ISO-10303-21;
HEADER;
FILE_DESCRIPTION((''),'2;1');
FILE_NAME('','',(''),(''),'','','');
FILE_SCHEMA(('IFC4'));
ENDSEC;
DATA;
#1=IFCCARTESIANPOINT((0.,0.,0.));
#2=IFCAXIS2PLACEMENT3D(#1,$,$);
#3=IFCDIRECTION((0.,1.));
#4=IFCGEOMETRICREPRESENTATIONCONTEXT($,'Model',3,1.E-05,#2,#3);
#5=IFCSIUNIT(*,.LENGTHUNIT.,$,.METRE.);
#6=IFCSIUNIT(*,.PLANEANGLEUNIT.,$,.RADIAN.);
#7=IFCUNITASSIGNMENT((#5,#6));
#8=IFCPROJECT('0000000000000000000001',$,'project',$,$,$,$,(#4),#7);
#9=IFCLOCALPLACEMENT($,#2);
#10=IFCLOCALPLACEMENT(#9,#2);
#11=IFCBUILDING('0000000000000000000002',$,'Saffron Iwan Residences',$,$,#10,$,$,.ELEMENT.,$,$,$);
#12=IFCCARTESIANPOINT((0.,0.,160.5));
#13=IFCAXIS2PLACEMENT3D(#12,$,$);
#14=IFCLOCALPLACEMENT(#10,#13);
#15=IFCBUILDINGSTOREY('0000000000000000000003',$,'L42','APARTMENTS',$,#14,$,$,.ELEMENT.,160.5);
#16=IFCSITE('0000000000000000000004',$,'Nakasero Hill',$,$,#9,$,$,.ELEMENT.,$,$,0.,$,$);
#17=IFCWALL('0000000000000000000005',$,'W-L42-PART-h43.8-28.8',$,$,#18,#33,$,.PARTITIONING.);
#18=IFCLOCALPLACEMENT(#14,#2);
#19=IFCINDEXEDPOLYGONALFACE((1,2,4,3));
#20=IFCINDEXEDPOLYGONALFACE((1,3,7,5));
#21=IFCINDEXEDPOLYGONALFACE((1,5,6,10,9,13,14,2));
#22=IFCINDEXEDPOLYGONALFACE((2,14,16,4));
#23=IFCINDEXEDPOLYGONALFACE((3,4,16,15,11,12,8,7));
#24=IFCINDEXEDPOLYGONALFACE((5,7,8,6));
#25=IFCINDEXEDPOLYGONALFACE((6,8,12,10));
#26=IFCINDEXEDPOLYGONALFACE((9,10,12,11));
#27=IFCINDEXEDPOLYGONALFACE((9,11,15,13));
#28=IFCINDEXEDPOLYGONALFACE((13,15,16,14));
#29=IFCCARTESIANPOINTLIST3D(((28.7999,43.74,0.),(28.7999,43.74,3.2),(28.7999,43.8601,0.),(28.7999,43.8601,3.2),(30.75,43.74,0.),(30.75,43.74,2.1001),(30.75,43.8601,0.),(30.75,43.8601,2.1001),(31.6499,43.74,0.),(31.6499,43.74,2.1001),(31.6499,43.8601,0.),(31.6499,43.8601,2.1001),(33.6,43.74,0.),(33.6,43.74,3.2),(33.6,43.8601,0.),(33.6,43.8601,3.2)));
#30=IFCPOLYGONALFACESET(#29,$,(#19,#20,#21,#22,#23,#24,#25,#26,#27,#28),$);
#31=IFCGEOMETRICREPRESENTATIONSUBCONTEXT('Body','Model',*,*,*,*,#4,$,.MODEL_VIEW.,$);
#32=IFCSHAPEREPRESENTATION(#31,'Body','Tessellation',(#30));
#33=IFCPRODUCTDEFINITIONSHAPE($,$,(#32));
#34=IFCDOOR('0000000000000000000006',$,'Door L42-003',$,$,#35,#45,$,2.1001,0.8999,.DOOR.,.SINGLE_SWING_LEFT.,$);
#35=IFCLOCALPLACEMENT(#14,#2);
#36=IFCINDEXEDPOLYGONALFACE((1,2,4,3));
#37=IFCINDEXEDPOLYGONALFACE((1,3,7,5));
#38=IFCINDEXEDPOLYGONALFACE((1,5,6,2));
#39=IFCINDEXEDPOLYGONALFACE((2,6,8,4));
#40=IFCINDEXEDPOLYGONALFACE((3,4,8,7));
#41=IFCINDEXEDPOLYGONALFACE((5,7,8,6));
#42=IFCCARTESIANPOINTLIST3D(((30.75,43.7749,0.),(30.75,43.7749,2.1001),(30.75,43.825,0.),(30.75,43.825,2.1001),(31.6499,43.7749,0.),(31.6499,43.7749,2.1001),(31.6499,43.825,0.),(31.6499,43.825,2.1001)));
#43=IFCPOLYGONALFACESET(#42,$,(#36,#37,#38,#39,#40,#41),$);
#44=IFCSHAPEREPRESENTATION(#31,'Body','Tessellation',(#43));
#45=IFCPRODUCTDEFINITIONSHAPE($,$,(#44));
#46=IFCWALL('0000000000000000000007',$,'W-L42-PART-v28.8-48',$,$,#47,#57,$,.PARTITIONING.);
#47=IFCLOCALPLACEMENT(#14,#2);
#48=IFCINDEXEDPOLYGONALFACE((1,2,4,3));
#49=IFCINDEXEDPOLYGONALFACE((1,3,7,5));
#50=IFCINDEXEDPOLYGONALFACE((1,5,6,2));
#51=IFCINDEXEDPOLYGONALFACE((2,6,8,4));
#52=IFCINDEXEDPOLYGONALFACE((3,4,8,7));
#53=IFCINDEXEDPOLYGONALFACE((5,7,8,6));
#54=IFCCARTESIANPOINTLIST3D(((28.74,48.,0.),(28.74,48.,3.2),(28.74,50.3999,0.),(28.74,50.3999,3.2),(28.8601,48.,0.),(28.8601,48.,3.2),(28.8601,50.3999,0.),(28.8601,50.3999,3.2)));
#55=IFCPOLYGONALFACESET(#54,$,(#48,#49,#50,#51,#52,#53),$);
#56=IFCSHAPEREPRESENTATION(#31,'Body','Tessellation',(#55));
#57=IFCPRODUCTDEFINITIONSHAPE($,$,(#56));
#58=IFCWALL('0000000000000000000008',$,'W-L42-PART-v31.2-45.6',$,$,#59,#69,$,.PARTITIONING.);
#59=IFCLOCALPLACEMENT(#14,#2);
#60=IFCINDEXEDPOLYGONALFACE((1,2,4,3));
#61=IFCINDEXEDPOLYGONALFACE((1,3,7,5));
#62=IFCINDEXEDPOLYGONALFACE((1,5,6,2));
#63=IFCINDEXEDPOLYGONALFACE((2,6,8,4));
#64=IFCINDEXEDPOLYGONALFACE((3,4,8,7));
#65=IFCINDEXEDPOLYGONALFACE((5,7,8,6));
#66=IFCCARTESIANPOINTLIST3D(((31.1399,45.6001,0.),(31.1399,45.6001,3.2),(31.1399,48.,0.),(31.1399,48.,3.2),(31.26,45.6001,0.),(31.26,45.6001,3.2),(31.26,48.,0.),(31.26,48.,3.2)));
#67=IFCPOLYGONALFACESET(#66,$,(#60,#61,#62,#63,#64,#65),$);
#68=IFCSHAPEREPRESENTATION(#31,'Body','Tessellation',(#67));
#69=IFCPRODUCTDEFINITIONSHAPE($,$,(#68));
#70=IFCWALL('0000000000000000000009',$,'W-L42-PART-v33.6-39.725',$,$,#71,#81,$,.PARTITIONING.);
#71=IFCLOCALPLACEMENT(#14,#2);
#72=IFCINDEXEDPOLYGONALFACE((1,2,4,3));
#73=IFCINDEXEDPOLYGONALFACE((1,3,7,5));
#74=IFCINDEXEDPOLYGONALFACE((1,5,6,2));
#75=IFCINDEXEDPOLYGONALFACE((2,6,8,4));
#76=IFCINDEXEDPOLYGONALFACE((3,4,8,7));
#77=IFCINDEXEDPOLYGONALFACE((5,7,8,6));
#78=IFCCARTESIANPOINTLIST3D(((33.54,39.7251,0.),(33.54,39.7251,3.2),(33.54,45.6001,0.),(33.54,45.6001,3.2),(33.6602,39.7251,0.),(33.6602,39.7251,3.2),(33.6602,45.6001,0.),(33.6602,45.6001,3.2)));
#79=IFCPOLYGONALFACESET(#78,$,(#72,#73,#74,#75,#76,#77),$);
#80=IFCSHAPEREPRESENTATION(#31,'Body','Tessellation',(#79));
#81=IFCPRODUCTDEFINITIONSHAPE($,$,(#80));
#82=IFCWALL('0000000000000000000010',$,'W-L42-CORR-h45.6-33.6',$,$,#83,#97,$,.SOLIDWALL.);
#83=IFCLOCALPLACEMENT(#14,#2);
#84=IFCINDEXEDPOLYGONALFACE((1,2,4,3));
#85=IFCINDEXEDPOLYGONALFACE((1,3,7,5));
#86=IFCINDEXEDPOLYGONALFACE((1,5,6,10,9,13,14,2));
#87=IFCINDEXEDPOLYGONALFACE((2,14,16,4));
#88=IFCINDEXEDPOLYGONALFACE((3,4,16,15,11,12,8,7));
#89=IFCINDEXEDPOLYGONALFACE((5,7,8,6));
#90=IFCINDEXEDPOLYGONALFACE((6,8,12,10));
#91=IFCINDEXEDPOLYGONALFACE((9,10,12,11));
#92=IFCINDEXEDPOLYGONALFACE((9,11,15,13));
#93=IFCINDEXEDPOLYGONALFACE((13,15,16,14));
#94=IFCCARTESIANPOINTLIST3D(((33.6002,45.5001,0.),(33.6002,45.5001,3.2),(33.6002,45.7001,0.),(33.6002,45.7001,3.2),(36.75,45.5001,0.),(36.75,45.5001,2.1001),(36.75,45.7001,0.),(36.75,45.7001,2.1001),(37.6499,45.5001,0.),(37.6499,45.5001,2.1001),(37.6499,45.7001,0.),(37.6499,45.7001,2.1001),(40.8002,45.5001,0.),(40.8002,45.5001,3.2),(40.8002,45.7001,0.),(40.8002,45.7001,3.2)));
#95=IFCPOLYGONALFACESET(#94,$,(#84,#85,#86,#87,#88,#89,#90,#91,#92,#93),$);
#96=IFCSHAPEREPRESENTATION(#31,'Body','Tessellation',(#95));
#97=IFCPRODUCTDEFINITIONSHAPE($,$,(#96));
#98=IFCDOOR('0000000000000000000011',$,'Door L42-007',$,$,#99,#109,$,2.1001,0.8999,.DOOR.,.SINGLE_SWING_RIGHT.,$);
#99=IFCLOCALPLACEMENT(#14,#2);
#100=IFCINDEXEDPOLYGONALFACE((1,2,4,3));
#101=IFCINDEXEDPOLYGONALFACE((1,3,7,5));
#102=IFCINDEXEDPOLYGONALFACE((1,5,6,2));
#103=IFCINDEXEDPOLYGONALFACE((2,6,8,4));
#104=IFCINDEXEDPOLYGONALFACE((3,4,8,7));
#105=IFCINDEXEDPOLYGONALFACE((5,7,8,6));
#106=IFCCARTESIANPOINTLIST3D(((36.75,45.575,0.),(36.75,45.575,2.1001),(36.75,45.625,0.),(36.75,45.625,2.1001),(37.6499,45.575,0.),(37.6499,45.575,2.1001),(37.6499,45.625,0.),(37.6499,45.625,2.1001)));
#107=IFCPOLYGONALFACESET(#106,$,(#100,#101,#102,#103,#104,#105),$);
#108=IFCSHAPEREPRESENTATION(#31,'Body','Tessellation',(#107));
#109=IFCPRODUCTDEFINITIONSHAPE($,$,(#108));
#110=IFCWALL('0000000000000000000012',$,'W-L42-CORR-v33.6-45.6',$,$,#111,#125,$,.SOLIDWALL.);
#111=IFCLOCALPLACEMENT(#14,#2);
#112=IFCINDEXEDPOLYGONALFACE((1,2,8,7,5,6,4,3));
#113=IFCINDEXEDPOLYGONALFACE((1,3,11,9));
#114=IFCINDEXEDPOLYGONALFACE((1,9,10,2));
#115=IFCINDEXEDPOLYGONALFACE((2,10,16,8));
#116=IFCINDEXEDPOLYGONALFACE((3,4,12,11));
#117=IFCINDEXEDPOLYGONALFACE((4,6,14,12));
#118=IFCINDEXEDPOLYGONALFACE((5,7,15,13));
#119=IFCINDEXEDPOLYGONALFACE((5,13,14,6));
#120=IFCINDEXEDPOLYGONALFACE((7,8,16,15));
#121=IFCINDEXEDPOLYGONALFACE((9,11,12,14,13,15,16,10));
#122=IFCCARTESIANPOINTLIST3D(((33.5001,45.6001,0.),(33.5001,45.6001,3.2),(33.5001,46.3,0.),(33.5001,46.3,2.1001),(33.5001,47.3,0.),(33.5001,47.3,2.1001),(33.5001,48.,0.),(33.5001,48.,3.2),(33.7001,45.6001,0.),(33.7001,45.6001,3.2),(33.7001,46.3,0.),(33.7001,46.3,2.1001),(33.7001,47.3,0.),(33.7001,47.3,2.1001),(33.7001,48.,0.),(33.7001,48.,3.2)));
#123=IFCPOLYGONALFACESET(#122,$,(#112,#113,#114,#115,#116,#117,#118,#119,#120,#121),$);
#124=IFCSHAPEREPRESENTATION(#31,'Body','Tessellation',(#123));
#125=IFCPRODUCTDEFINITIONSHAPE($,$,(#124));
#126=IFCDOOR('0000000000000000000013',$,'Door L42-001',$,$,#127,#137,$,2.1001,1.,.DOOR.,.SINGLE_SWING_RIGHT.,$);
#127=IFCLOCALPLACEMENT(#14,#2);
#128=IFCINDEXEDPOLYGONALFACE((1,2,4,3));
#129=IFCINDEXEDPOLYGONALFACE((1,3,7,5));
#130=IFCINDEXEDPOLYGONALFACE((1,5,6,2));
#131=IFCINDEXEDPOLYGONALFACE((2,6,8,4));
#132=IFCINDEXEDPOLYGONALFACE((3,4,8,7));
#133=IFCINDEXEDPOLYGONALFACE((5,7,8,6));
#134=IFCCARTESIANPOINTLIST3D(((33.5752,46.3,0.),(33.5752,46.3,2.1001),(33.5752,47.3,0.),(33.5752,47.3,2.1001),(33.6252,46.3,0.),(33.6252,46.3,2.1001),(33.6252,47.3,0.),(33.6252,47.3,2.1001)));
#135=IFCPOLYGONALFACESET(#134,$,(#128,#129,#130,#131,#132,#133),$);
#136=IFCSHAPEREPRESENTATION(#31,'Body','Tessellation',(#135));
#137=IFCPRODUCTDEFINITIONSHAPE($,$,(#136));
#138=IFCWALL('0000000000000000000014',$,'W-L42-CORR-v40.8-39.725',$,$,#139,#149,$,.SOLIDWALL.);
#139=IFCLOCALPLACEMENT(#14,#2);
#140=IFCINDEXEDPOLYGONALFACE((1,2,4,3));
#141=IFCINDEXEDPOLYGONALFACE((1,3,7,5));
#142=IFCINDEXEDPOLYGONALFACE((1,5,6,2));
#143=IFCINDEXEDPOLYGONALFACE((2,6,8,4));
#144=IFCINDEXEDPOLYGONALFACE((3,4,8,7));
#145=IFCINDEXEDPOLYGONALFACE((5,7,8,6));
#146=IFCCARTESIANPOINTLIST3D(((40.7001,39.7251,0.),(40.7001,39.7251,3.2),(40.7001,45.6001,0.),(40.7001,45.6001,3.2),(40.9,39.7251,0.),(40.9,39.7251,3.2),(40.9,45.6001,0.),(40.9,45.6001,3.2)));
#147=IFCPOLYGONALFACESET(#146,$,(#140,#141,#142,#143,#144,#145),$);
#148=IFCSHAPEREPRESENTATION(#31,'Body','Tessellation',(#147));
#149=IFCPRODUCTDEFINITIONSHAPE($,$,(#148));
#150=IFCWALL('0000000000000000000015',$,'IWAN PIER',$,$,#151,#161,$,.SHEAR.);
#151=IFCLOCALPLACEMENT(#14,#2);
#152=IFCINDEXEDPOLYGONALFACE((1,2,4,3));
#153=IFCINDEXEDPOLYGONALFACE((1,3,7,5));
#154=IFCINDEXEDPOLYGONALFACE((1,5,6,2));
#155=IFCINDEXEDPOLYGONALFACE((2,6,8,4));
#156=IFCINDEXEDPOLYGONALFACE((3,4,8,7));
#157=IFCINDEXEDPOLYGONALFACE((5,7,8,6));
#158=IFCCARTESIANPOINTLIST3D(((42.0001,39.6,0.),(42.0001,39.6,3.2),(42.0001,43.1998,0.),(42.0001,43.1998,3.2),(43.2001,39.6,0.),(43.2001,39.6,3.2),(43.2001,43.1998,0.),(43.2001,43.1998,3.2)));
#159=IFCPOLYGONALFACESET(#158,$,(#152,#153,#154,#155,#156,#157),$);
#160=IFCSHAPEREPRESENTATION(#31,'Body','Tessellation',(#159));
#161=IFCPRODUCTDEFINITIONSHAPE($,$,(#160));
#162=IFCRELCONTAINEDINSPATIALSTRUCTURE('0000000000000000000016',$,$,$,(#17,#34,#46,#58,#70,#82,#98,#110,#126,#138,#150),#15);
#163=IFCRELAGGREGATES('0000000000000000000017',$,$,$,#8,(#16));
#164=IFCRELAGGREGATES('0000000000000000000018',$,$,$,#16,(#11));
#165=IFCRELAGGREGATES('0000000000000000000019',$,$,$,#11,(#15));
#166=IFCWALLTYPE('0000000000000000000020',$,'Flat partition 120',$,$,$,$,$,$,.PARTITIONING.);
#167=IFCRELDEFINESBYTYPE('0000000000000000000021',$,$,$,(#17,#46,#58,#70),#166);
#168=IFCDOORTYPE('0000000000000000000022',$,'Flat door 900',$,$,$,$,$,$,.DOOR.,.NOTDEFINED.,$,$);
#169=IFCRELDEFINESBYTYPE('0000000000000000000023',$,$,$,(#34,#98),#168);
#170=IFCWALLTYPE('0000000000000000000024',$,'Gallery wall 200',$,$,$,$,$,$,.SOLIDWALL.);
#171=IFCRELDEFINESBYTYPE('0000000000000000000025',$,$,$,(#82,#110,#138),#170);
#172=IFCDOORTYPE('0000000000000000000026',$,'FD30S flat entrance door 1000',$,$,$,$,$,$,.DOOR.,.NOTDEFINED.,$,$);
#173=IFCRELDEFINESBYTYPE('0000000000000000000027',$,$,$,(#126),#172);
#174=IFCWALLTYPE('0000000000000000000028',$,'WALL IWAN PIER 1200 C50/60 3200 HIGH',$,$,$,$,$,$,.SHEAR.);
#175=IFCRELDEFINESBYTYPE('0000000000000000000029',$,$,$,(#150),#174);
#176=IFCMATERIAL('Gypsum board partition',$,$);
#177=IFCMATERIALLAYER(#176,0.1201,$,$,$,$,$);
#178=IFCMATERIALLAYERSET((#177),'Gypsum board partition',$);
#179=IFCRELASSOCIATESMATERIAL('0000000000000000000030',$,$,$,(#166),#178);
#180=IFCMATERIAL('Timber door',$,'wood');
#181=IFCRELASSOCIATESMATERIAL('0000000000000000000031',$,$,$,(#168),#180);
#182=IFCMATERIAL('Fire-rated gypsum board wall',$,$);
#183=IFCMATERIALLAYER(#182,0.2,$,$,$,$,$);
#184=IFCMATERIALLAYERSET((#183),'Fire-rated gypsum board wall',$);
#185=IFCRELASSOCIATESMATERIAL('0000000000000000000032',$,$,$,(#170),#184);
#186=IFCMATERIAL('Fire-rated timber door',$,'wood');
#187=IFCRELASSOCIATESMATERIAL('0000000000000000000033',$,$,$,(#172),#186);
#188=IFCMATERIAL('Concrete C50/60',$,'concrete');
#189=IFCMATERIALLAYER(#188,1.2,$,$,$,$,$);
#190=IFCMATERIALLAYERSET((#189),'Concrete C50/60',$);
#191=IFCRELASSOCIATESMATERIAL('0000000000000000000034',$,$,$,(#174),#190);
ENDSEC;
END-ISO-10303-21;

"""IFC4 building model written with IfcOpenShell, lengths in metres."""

from ifc_helpers import new_model, si_unit, direction, frame, frame_2d, origin, place, context, subcontext, project, spatial, rectangle, extrude, material, layer, layer_set, type_object, element, fill, save


model = new_model("IFC4")

# Units and contexts
model_context = context("Model", 3, precision=1e-05, world=origin(), true_north=direction((0.0, 1.0)))
body_context = subcontext(model_context, "Body", "Model", "MODEL_VIEW")
ifc_project = project(units=[si_unit("LENGTHUNIT", "METRE"), si_unit("PLANEANGLEUNIT", "RADIAN")], contexts=[model_context])

# Site, building, storey
site_placement = place(None, origin())
site = spatial("IfcSite", under=ifc_project, at=site_placement, Name="Nakasero Hill", CompositionType="ELEMENT", RefElevation=0.0)
building_placement = place(site_placement, origin())
building = spatial("IfcBuilding", under=site, at=building_placement, Name="Saffron Iwan Residences", CompositionType="ELEMENT")
storey_placement = place(building_placement, frame((0.0, 0.0, 160.5)))
storey = spatial("IfcBuildingStorey", under=building, at=storey_placement, Name="L42", Description="APARTMENTS", CompositionType="ELEMENT", Elevation=160.5)

# Shared definitions
ifc_material_1 = material(Name="Concrete C50/60", Category="concrete")

# Wall, opening, door
ifc_material_2 = material(Name="Gypsum board partition")
ifc_layer_1 = layer(ifc_material_2, 0.1201)
ifc_layer_set_1 = layer_set([ifc_layer_1], Name="Gypsum board partition")
wall_type_1 = type_object("IfcWallType", Name="Flat partition 120", PredefinedType="PARTITIONING", material=ifc_layer_set_1)
wall_1_placement = place(storey_placement, frame((28.8, 43.8, 0.0), z_axis=(0.0, 0.0, 1.0), x_axis=(1.0, 0.0, 0.0)))
wall_1 = element("IfcWall", 1, at=wall_1_placement, inside=storey, type_object=wall_type_1, Name="W-L42-PART-h43.8-28.8", PredefinedType="PARTITIONING", context=body_context, shape_type="SweptSolid", body=[
    extrude(rectangle(XDim=4.8, YDim=0.1201, at=frame_2d((2.3999, 0.0))), origin(), (0.0, 0.0, 1.0), 3.2),
])
opening_1_placement = place(wall_1_placement, frame((1.95, 0.0, 0.0)))
opening_1 = element("IfcOpeningElement", 2, at=opening_1_placement, cuts=wall_1, PredefinedType="OPENING", context=body_context, shape_type="SweptSolid", body=[
    extrude(rectangle(XDim=0.8999, YDim=2.1001, at=frame_2d((0.45, 1.05))), frame((0.0, 0.0701, 0.0), z_axis=(0.0, -1.0, 0.0), x_axis=(1.0, 0.0, 0.0)), (0.0, 0.0, 1.0), 0.1401),
])
ifc_material_3 = material(Name="Timber door", Category="wood")
door_type_1 = type_object("IfcDoorType", Name="Flat door 900", OperationType="NOTDEFINED", PredefinedType="DOOR", material=ifc_material_3)
door_1_placement = place(opening_1_placement, origin())
door_1 = element("IfcDoor", 3, at=door_1_placement, inside=storey, type_object=door_type_1, Name="Door L42-003", OperationType="SINGLE_SWING_LEFT", OverallHeight=2.1001, OverallWidth=0.8999, PredefinedType="DOOR", context=body_context, shape_type="SweptSolid", body=[
    extrude(rectangle(XDim=0.8999, YDim=2.1001, at=frame_2d((0.45, 1.05))), frame((0.0, 0.0249, 0.0), z_axis=(0.0, -1.0, 0.0), x_axis=(1.0, 0.0, 0.0)), (0.0, 0.0, 1.0), 0.05),
])
fill(opening_1, door_1)

# Walls
for number, where, z_axis, x_axis, name in (
    (4, (28.8, 48.0, 0.0), (0.0, 0.0, 1.0), (0.0, 1.0, 0.0), "W-L42-PART-v28.8-48"),
    (5, (31.2, 45.6001, 0.0), (0.0, 0.0, 1.0), (0.0, 1.0, 0.0), "W-L42-PART-v31.2-45.6"),
):
    element("IfcWall", number, at=place(storey_placement, frame(where, z_axis=z_axis, x_axis=x_axis)), inside=storey, type_object=wall_type_1, Name=name, PredefinedType="PARTITIONING", context=body_context, shape_type="SweptSolid", body=[
        extrude(rectangle(XDim=2.3999, YDim=0.1201, at=frame_2d((1.2, 0.0))), origin(), (0.0, 0.0, 1.0), 3.2),
    ])
wall_2_placement = place(storey_placement, frame((33.6001, 39.7251, 0.0), z_axis=(0.0, 0.0, 1.0), x_axis=(0.0, 1.0, 0.0)))
element("IfcWall", 6, at=wall_2_placement, inside=storey, type_object=wall_type_1, Name="W-L42-PART-v33.6-39.725", PredefinedType="PARTITIONING", context=body_context, shape_type="SweptSolid", body=[
    extrude(rectangle(XDim=5.875, YDim=0.1201, at=frame_2d((2.9375, 0.0))), origin(), (0.0, 0.0, 1.0), 3.2),
])

# Walls, openings, doors
ifc_material_4 = material(Name="Fire-rated gypsum board wall")
ifc_layer_2 = layer(ifc_material_4, 0.2)
ifc_layer_set_2 = layer_set([ifc_layer_2], Name="Fire-rated gypsum board wall")
wall_type_2 = type_object("IfcWallType", Name="Gallery wall 200", PredefinedType="SOLIDWALL", material=ifc_layer_set_2)
wall_3_placement = place(storey_placement, frame((33.6001, 45.6001, 0.0), z_axis=(0.0, 0.0, 1.0), x_axis=(1.0, 0.0, 0.0)))
wall_3 = element("IfcWall", 7, at=wall_3_placement, inside=storey, type_object=wall_type_2, Name="W-L42-CORR-h45.6-33.6", PredefinedType="SOLIDWALL", context=body_context, shape_type="SweptSolid", body=[
    extrude(rectangle(XDim=7.2, YDim=0.2, at=frame_2d((3.6001, 0.0))), origin(), (0.0, 0.0, 1.0), 3.2),
])
opening_2_placement = place(wall_3_placement, frame((3.1499, 0.0, 0.0)))
opening_2 = element("IfcOpeningElement", 8, at=opening_2_placement, cuts=wall_3, PredefinedType="OPENING", context=body_context, shape_type="SweptSolid", body=[
    extrude(rectangle(XDim=0.8999, YDim=2.1001, at=frame_2d((0.45, 1.05))), frame((0.0, 0.1099, 0.0), z_axis=(0.0, -1.0, 0.0), x_axis=(1.0, 0.0, 0.0)), (0.0, 0.0, 1.0), 0.22),
])
door_2_placement = place(opening_2_placement, origin())
door_2 = element("IfcDoor", 9, at=door_2_placement, inside=storey, type_object=door_type_1, Name="Door L42-007", OperationType="SINGLE_SWING_RIGHT", OverallHeight=2.1001, OverallWidth=0.8999, PredefinedType="DOOR", context=body_context, shape_type="SweptSolid", body=[
    extrude(rectangle(XDim=0.8999, YDim=2.1001, at=frame_2d((0.45, 1.05))), frame((0.0, 0.0249, 0.0), z_axis=(0.0, -1.0, 0.0), x_axis=(1.0, 0.0, 0.0)), (0.0, 0.0, 1.0), 0.05),
])
fill(opening_2, door_2)
wall_4_placement = place(storey_placement, frame((33.6001, 45.6001, 0.0), z_axis=(0.0, 0.0, 1.0), x_axis=(0.0, 1.0, 0.0)))
wall_4 = element("IfcWall", 10, at=wall_4_placement, inside=storey, type_object=wall_type_2, Name="W-L42-CORR-v33.6-45.6", PredefinedType="SOLIDWALL", context=body_context, shape_type="SweptSolid", body=[
    extrude(rectangle(XDim=2.3999, YDim=0.2, at=frame_2d((1.2, 0.0))), origin(), (0.0, 0.0, 1.0), 3.2),
])
opening_3_placement = place(wall_4_placement, frame((0.7, 0.0, 0.0)))
opening_3 = element("IfcOpeningElement", 11, at=opening_3_placement, cuts=wall_4, PredefinedType="OPENING", context=body_context, shape_type="SweptSolid", body=[
    extrude(rectangle(XDim=1.0, YDim=2.1001, at=frame_2d((0.5, 1.05))), frame((0.0, 0.1099, 0.0), z_axis=(0.0, -1.0, 0.0), x_axis=(1.0, 0.0, 0.0)), (0.0, 0.0, 1.0), 0.22),
])
ifc_material_5 = material(Name="Fire-rated timber door", Category="wood")
door_type_2 = type_object("IfcDoorType", Name="FD30S flat entrance door 1000", OperationType="NOTDEFINED", PredefinedType="DOOR", material=ifc_material_5)
door_3_placement = place(opening_3_placement, origin())
door_3 = element("IfcDoor", 12, at=door_3_placement, inside=storey, type_object=door_type_2, Name="Door L42-001", OperationType="SINGLE_SWING_RIGHT", OverallHeight=2.1001, OverallWidth=1.0, PredefinedType="DOOR", context=body_context, shape_type="SweptSolid", body=[
    extrude(rectangle(XDim=1.0, YDim=2.1001, at=frame_2d((0.5, 1.05))), frame((0.0, 0.0249, 0.0), z_axis=(0.0, -1.0, 0.0), x_axis=(1.0, 0.0, 0.0)), (0.0, 0.0, 1.0), 0.05),
])
fill(opening_3, door_3)

# Walls
wall_5_placement = place(storey_placement, frame((40.8, 39.7251, 0.0), z_axis=(0.0, 0.0, 1.0), x_axis=(0.0, 1.0, 0.0)))
element("IfcWall", 13, at=wall_5_placement, inside=storey, type_object=wall_type_2, Name="W-L42-CORR-v40.8-39.725", PredefinedType="SOLIDWALL", context=body_context, shape_type="SweptSolid", body=[
    extrude(rectangle(XDim=5.875, YDim=0.2, at=frame_2d((2.9375, 0.0))), origin(), (0.0, 0.0, 1.0), 3.2),
])
ifc_layer_3 = layer(ifc_material_1, 1.2)
ifc_layer_set_3 = layer_set([ifc_layer_3], Name="Concrete C50/60")
wall_type_3 = type_object("IfcWallType", Name="WALL IWAN PIER 1200 C50/60 3200 HIGH", PredefinedType="SHEAR", material=ifc_layer_set_3)
wall_6_placement = place(storey_placement, frame((42.6001, 39.6001, 0.0), z_axis=(0.0, 0.0, 1.0), x_axis=(0.0, 1.0, 0.0)))
element("IfcWall", 14, at=wall_6_placement, inside=storey, type_object=wall_type_3, Name="IWAN PIER", PredefinedType="SHEAR", context=body_context, shape_type="SweptSolid", body=[
    extrude(rectangle(XDim=3.5999, YDim=1.2, at=frame_2d((1.7998, 0.0))), origin(), (0.0, 0.0, 1.0), 3.2),
])

save(model, "model.ifc")
